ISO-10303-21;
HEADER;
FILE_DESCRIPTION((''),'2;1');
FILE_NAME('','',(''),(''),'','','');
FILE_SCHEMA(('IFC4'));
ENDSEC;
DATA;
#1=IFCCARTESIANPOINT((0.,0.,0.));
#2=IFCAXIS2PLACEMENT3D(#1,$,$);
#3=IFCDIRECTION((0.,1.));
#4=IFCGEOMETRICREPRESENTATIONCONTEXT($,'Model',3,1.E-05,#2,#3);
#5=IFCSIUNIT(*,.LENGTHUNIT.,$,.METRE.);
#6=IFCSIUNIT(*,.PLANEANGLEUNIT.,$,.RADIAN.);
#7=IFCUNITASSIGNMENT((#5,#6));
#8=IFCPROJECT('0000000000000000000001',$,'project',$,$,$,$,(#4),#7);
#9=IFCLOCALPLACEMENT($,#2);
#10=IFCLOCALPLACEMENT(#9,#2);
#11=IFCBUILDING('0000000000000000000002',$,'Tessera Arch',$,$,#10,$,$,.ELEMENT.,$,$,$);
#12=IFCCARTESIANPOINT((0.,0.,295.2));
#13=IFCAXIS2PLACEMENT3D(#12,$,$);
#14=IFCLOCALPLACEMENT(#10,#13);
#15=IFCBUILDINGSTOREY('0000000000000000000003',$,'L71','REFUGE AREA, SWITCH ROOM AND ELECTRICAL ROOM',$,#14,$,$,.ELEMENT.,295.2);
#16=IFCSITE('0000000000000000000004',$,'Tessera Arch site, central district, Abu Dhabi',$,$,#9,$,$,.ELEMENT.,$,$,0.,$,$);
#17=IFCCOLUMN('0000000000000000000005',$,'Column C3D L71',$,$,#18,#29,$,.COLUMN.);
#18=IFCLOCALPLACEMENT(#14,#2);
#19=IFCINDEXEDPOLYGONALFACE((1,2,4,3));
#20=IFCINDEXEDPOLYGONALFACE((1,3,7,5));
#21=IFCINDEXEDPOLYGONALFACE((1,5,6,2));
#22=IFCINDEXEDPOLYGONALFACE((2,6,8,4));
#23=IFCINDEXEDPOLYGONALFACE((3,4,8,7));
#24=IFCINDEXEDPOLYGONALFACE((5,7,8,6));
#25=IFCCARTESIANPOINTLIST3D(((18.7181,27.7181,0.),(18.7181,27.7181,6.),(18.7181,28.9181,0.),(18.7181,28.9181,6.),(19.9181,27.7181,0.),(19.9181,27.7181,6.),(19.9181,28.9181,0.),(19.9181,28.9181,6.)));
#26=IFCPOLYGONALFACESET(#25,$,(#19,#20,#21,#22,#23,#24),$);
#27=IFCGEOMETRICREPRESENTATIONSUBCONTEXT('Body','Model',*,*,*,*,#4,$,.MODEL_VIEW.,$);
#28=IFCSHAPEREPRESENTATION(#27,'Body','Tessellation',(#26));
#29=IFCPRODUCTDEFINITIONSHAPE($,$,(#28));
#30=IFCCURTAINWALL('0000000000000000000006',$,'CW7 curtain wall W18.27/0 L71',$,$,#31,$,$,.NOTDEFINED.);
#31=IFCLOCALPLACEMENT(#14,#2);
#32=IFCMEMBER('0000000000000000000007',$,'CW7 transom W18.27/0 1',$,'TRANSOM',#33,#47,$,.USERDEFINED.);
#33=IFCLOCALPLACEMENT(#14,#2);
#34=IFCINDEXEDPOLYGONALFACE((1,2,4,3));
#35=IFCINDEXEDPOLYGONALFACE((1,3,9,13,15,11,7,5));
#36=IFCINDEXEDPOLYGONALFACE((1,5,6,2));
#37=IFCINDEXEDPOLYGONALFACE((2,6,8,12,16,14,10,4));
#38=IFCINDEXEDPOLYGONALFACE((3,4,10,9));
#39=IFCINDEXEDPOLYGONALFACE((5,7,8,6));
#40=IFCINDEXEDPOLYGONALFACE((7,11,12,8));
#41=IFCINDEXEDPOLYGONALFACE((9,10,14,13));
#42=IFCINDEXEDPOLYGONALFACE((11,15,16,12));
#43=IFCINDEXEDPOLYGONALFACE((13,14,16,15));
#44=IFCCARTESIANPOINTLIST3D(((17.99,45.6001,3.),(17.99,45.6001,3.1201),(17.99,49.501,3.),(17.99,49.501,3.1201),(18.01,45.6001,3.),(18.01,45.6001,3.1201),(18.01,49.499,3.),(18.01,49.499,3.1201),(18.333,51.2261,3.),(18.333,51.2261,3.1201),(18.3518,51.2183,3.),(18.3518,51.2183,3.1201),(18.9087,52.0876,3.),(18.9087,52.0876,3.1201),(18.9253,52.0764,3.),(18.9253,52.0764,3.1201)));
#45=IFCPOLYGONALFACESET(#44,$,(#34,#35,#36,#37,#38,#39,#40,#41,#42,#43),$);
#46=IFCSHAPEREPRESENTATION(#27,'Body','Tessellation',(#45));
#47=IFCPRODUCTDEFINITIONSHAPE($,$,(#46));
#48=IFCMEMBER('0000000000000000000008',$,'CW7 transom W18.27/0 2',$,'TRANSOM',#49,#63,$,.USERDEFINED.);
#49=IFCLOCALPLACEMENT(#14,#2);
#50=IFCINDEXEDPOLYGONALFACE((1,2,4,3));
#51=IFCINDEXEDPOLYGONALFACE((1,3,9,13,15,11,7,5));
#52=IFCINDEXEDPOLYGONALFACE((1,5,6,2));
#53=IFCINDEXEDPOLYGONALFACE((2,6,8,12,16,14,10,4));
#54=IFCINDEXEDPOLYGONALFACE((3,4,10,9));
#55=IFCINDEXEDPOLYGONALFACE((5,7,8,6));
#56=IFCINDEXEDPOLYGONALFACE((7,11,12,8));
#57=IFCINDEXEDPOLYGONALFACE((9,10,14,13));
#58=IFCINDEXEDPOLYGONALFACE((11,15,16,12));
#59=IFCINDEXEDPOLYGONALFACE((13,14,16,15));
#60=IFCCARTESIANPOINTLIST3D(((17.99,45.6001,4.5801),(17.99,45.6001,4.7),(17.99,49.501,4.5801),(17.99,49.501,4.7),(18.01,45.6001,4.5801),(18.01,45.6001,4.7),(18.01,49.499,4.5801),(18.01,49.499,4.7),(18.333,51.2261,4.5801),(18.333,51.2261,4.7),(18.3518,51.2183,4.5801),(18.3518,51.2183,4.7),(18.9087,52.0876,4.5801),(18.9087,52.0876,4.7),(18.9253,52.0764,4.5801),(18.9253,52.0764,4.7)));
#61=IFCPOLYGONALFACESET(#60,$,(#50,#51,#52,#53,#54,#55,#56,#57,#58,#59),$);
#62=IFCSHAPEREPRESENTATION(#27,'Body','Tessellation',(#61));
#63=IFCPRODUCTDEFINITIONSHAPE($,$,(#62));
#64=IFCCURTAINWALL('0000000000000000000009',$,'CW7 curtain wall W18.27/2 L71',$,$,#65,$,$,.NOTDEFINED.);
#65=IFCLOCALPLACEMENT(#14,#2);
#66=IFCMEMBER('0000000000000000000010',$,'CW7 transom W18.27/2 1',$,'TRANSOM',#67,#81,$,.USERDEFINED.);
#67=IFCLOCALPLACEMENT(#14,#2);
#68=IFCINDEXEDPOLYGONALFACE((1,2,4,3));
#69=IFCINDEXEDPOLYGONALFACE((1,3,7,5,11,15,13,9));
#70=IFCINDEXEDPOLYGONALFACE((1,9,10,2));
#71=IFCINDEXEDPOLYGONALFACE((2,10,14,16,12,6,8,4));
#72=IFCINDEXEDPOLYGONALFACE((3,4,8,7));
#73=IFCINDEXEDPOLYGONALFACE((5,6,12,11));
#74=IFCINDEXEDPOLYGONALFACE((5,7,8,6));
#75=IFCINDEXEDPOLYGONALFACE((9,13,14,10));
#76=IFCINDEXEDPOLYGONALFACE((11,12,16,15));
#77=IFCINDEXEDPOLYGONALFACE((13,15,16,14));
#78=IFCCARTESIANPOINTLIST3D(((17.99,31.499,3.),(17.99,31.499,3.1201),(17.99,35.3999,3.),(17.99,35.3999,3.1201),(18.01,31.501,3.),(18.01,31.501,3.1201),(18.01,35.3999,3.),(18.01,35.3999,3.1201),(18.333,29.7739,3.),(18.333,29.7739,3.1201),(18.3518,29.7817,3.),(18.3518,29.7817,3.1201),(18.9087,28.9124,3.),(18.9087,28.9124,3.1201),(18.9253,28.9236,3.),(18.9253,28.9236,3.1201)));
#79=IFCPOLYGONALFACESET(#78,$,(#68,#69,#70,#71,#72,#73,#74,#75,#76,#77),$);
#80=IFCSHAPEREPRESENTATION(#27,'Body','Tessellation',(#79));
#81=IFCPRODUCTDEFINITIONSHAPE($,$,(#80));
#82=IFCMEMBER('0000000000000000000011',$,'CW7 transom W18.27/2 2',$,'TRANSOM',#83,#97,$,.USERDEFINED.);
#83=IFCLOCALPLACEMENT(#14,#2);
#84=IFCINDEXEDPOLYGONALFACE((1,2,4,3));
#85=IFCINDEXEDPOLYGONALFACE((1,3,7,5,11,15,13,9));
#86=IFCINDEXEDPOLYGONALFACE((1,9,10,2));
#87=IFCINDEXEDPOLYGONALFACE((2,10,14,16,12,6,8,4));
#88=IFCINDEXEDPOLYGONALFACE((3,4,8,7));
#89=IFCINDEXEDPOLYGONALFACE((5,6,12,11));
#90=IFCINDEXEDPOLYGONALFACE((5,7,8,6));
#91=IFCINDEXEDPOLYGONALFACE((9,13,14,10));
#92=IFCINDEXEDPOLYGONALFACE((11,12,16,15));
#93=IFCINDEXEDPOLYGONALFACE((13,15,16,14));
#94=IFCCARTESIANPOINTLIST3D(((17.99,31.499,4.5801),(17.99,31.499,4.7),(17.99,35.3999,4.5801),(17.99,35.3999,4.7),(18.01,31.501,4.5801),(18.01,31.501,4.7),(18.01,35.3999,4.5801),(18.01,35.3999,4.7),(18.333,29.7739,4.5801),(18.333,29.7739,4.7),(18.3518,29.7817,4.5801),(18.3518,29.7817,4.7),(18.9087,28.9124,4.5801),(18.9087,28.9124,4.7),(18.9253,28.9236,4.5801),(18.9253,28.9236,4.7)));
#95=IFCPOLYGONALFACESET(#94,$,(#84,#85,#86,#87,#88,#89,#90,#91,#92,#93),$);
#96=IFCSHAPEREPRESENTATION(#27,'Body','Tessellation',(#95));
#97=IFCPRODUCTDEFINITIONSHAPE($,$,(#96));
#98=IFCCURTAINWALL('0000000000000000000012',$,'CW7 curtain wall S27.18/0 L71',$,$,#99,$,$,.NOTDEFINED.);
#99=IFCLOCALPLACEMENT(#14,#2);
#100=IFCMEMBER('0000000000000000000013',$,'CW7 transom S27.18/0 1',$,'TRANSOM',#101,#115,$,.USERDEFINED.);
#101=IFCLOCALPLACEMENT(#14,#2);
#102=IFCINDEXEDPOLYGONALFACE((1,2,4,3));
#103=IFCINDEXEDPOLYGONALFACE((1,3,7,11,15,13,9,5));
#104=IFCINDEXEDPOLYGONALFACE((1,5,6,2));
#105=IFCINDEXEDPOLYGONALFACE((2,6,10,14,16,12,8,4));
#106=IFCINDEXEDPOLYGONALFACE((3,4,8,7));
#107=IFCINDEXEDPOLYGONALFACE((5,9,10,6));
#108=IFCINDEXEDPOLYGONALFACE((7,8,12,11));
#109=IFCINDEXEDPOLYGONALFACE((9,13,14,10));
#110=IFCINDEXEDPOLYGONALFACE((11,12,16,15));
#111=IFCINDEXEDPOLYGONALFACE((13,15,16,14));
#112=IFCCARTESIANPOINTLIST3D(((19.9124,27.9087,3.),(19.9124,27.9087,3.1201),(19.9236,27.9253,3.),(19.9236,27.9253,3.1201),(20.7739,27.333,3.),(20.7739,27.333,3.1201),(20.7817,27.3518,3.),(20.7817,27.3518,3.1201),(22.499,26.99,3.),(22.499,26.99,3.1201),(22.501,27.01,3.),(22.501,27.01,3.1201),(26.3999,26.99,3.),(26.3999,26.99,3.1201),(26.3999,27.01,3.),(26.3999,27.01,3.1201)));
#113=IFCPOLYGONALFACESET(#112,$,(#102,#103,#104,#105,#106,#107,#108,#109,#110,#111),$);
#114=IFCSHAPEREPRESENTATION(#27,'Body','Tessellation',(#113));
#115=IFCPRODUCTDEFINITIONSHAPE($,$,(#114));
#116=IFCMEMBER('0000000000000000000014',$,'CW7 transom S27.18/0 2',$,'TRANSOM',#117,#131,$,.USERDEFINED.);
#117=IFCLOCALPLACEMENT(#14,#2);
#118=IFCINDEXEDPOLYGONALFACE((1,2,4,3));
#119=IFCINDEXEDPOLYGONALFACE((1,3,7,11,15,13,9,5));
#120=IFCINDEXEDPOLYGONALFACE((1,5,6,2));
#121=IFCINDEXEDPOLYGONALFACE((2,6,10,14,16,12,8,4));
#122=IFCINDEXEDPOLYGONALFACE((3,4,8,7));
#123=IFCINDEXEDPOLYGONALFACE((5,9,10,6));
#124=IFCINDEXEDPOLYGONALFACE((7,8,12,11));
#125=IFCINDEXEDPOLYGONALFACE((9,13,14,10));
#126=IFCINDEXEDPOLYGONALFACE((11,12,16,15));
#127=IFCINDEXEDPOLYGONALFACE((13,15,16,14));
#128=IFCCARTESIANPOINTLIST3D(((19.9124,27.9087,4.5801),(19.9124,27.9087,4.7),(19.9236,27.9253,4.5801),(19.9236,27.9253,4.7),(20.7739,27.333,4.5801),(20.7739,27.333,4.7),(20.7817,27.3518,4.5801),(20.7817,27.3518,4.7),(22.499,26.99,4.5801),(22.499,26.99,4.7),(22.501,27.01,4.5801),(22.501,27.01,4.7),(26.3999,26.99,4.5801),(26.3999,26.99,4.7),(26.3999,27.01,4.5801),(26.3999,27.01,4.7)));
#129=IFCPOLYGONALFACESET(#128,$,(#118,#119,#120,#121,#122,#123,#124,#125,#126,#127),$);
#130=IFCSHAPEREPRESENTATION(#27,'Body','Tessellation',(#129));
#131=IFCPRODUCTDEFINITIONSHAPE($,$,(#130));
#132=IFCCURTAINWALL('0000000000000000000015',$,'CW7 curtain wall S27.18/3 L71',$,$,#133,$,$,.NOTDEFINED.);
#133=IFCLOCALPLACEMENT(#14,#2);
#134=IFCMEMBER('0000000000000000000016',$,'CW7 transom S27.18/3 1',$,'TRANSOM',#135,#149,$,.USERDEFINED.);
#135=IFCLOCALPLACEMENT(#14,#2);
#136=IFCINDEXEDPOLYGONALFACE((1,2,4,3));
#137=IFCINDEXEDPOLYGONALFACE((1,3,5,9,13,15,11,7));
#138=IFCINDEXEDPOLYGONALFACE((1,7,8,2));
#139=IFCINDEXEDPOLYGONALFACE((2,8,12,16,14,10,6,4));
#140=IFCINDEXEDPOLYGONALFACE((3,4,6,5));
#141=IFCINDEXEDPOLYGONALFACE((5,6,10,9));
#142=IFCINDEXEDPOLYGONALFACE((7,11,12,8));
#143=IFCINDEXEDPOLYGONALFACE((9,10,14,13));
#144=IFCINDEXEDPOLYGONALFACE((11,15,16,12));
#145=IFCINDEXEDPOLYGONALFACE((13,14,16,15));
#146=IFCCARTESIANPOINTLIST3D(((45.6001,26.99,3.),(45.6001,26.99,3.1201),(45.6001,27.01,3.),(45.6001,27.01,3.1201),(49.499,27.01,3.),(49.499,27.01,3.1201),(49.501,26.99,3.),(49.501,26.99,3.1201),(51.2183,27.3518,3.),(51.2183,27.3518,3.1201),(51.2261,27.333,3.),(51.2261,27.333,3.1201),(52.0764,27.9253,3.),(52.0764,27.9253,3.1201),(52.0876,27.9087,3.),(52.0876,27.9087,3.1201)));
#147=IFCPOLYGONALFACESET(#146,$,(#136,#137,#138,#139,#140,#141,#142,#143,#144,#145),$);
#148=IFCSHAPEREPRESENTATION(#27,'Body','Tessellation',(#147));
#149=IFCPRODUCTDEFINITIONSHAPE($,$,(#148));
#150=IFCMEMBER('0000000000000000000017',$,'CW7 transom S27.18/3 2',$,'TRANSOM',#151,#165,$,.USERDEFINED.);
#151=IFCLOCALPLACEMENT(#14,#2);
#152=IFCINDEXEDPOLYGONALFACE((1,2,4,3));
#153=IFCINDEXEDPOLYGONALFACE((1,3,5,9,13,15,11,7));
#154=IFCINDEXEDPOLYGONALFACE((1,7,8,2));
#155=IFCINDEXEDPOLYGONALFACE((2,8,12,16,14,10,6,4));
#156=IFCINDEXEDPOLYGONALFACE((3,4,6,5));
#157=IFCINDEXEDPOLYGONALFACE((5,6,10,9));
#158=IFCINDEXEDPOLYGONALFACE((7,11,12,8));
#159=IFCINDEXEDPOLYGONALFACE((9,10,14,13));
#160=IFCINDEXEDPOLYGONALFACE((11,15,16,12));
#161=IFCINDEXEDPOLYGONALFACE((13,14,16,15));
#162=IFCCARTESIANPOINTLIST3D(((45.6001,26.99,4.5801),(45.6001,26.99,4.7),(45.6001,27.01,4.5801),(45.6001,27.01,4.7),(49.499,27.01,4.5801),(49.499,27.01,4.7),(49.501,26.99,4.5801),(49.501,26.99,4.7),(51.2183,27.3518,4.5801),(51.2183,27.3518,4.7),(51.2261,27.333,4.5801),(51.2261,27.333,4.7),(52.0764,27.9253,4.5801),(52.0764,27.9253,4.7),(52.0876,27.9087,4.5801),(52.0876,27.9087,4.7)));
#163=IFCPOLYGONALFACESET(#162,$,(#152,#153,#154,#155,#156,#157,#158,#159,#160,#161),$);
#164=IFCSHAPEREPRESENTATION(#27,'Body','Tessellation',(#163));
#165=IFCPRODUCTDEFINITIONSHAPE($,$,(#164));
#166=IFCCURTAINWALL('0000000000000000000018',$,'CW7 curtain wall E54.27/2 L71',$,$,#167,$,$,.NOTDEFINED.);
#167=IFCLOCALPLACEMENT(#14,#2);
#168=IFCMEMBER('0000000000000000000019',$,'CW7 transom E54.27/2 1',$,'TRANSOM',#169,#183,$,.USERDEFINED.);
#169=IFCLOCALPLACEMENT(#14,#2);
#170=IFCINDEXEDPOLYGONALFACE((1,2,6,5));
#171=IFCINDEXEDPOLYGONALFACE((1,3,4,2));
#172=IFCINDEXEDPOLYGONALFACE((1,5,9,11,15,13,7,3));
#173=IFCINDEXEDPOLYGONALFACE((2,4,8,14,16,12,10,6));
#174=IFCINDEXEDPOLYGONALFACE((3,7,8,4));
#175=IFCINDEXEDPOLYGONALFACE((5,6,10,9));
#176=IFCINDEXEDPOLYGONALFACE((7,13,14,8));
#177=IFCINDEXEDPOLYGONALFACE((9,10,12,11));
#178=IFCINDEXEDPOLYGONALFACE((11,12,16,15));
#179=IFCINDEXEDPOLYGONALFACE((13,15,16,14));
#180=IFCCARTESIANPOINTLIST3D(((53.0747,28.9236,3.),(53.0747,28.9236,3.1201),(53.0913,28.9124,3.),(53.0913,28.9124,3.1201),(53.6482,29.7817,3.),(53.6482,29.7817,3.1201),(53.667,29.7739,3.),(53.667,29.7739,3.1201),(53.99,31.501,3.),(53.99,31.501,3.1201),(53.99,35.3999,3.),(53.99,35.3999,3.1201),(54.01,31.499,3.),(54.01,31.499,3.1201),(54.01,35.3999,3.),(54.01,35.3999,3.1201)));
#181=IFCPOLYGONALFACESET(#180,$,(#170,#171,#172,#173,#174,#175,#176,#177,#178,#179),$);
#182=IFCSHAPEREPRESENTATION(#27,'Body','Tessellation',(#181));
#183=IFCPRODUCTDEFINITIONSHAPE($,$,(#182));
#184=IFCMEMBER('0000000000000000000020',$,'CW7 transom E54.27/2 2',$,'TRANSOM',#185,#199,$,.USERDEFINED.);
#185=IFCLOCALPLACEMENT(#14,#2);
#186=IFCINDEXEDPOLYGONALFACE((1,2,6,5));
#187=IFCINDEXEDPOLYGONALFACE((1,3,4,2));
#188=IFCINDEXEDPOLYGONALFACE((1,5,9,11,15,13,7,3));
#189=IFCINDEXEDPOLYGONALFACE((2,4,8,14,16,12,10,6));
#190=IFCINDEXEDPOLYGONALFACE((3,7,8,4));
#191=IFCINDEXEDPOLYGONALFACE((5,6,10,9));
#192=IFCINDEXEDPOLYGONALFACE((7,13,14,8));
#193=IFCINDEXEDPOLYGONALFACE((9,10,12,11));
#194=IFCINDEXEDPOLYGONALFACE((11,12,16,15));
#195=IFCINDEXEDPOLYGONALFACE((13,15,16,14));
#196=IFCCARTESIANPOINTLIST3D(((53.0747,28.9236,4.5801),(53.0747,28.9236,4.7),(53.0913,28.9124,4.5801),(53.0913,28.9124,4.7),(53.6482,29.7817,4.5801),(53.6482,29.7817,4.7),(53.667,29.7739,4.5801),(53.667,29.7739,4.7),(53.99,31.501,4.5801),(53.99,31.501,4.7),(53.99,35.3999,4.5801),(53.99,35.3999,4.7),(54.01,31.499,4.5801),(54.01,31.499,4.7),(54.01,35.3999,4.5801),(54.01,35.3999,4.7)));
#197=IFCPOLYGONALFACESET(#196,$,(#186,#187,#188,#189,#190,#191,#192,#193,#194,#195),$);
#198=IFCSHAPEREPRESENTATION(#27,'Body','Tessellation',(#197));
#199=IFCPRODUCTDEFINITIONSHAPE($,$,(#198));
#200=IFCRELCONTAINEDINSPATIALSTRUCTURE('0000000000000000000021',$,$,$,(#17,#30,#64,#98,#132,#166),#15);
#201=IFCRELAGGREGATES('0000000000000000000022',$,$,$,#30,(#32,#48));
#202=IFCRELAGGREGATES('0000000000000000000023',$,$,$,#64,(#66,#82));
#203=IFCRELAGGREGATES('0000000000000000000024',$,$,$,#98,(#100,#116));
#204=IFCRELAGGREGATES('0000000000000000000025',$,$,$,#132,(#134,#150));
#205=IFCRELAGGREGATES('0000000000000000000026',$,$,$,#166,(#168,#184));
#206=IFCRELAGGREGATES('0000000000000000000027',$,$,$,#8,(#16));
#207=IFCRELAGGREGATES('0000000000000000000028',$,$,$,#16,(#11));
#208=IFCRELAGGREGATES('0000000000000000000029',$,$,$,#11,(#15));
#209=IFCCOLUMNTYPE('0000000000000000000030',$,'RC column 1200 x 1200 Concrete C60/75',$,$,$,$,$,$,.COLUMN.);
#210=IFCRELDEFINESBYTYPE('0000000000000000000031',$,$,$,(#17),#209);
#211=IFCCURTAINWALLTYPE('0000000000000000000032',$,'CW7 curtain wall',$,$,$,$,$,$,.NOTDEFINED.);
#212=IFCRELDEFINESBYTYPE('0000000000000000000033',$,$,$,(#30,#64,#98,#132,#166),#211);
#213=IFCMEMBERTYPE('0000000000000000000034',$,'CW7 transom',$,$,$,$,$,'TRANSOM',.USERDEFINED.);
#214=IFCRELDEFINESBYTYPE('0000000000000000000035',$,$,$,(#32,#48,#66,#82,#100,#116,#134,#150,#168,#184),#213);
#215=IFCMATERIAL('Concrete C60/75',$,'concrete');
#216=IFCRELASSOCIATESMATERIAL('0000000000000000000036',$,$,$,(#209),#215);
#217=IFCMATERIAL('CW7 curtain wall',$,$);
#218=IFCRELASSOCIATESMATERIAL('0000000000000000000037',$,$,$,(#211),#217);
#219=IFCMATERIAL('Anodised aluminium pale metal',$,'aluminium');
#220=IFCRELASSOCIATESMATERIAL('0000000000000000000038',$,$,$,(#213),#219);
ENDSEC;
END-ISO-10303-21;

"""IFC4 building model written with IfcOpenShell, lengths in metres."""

from ifc_helpers import new_model, si_unit, direction, frame, origin, origin_2d, place, context, subcontext, project, spatial, polyline, rectangle, outline, extrude, material, material_profile, profile_set, type_object, element, aggregate, save


model = new_model("IFC4")

# Units and contexts
model_context = context("Model", 3, precision=1e-05, world=origin(), true_north=direction((0.0, 1.0)))
body_context = subcontext(model_context, "Body", "Model", "MODEL_VIEW")
ifc_project = project(units=[si_unit("LENGTHUNIT", "METRE"), si_unit("PLANEANGLEUNIT", "RADIAN")], contexts=[model_context])

# Site, building, storey
site_placement = place(None, origin())
site = spatial("IfcSite", under=ifc_project, at=site_placement, Name="Tessera Arch site, central district, Abu Dhabi", CompositionType="ELEMENT", RefElevation=0.0)
building_placement = place(site_placement, origin())
building = spatial("IfcBuilding", under=site, at=building_placement, Name="Tessera Arch", CompositionType="ELEMENT")
storey_placement = place(building_placement, frame((0.0, 0.0, 295.2)))
storey = spatial("IfcBuildingStorey", under=building, at=storey_placement, Name="L71", Description="REFUGE AREA, SWITCH ROOM AND ELECTRICAL ROOM", CompositionType="ELEMENT", Elevation=295.2)

# Column
ifc_material_1 = material(Name="Concrete C60/75", Category="concrete")
ifc_material_profile_1 = material_profile(ifc_material_1, rectangle(XDim=1.2, YDim=1.2, at=origin_2d()), Name="RC column 1200 x 1200 Concrete C60/75")
ifc_profile_set_1 = profile_set([ifc_material_profile_1], Name="Concrete C60/75")
column_type = type_object("IfcColumnType", Name="RC column 1200 x 1200 Concrete C60/75", PredefinedType="COLUMN", material=ifc_profile_set_1)
column_placement = place(storey_placement, frame((19.3181, 28.3181, 0.0), z_axis=(0.0, 0.0, 1.0), x_axis=(1.0, 0.0, 0.0)))
element("IfcColumn", 1, at=column_placement, inside=storey, type_object=column_type, Name="Column C3D L71", PredefinedType="COLUMN", context=body_context, shape_type="SweptSolid", body=[
    extrude(rectangle(XDim=1.2, YDim=1.2, at=origin_2d()), origin(), (0.0, 0.0, 1.0), 6.0),
])

# Curtain walls, members
ifc_material_2 = material(Name="CW7 curtain wall")
curtain_wall_type = type_object("IfcCurtainWallType", Name="CW7 curtain wall", PredefinedType="NOTDEFINED", material=ifc_material_2)
curtain_wall_1_placement = place(storey_placement, origin())
curtain_wall_1 = element("IfcCurtainWall", 2, at=curtain_wall_1_placement, inside=storey, type_object=curtain_wall_type, Name="CW7 curtain wall W18.27/0 L71", PredefinedType="NOTDEFINED")
ifc_material_3 = material(Name="Anodised aluminium pale metal", Category="aluminium")
ifc_material_profile_2 = material_profile(ifc_material_3, rectangle(XDim=0.1599, YDim=0.1201, at=origin_2d()), Name="AL 160x120")
ifc_profile_set_2 = profile_set([ifc_material_profile_2], Name="Anodised aluminium pale metal")
member_type_1 = type_object("IfcMemberType", Name="CW7 transom", ElementType="TRANSOM", PredefinedType="USERDEFINED", material=ifc_profile_set_2)
member_1_placement = place(storey_placement, frame((0.0, 0.0, 3.0)))
member_1 = element("IfcMember", 3, at=member_1_placement, type_object=member_type_1, Name="CW7 transom W18.27/0 1", ObjectType="TRANSOM", PredefinedType="USERDEFINED", context=body_context, shape_type="SweptSolid", body=[
    extrude(outline(polyline([(18.3518, 51.2183), (18.9253, 52.0764), (18.9087, 52.0876), (18.333, 51.2261), (17.99, 49.501), (17.99, 45.6001), (18.01, 45.6001), (18.01, 49.499), (18.3518, 51.2183)])), origin(), (0.0, 0.0, 1.0), 0.1201),
])
member_2_placement = place(storey_placement, frame((0.0, 0.0, 4.5801)))
member_2 = element("IfcMember", 4, at=member_2_placement, type_object=member_type_1, Name="CW7 transom W18.27/0 2", ObjectType="TRANSOM", PredefinedType="USERDEFINED", context=body_context, shape_type="SweptSolid", body=[
    extrude(outline(polyline([(18.3518, 51.2183), (18.9253, 52.0764), (18.9087, 52.0876), (18.333, 51.2261), (17.99, 49.501), (17.99, 45.6001), (18.01, 45.6001), (18.01, 49.499), (18.3518, 51.2183)])), origin(), (0.0, 0.0, 1.0), 0.1199),
])
curtain_wall_2_placement = place(storey_placement, origin())
curtain_wall_2 = element("IfcCurtainWall", 5, at=curtain_wall_2_placement, inside=storey, type_object=curtain_wall_type, Name="CW7 curtain wall W18.27/2 L71", PredefinedType="NOTDEFINED")
member_3_placement = place(storey_placement, frame((0.0, 0.0, 3.0)))
member_3 = element("IfcMember", 6, at=member_3_placement, type_object=member_type_1, Name="CW7 transom W18.27/2 1", ObjectType="TRANSOM", PredefinedType="USERDEFINED", context=body_context, shape_type="SweptSolid", body=[
    extrude(outline(polyline([(18.01, 31.501), (18.01, 35.3999), (17.99, 35.3999), (17.99, 31.499), (18.333, 29.7739), (18.9087, 28.9124), (18.9253, 28.9236), (18.3518, 29.7817), (18.01, 31.501)])), origin(), (0.0, 0.0, 1.0), 0.1201),
])
member_4_placement = place(storey_placement, frame((0.0, 0.0, 4.5801)))
member_4 = element("IfcMember", 7, at=member_4_placement, type_object=member_type_1, Name="CW7 transom W18.27/2 2", ObjectType="TRANSOM", PredefinedType="USERDEFINED", context=body_context, shape_type="SweptSolid", body=[
    extrude(outline(polyline([(18.01, 31.501), (18.01, 35.3999), (17.99, 35.3999), (17.99, 31.499), (18.333, 29.7739), (18.9087, 28.9124), (18.9253, 28.9236), (18.3518, 29.7817), (18.01, 31.501)])), origin(), (0.0, 0.0, 1.0), 0.1199),
])
curtain_wall_3_placement = place(storey_placement, origin())
curtain_wall_3 = element("IfcCurtainWall", 8, at=curtain_wall_3_placement, inside=storey, type_object=curtain_wall_type, Name="CW7 curtain wall S27.18/0 L71", PredefinedType="NOTDEFINED")
member_5_placement = place(storey_placement, frame((0.0, 0.0, 3.0)))
member_5 = element("IfcMember", 9, at=member_5_placement, type_object=member_type_1, Name="CW7 transom S27.18/0 1", ObjectType="TRANSOM", PredefinedType="USERDEFINED", context=body_context, shape_type="SweptSolid", body=[
    extrude(outline(polyline([(20.7817, 27.3518), (19.9236, 27.9253), (19.9124, 27.9087), (20.7739, 27.333), (22.499, 26.99), (26.3999, 26.99), (26.3999, 27.01), (22.501, 27.01), (20.7817, 27.3518)])), origin(), (0.0, 0.0, 1.0), 0.1201),
])
member_6_placement = place(storey_placement, frame((0.0, 0.0, 4.5801)))
member_6 = element("IfcMember", 10, at=member_6_placement, type_object=member_type_1, Name="CW7 transom S27.18/0 2", ObjectType="TRANSOM", PredefinedType="USERDEFINED", context=body_context, shape_type="SweptSolid", body=[
    extrude(outline(polyline([(20.7817, 27.3518), (19.9236, 27.9253), (19.9124, 27.9087), (20.7739, 27.333), (22.499, 26.99), (26.3999, 26.99), (26.3999, 27.01), (22.501, 27.01), (20.7817, 27.3518)])), origin(), (0.0, 0.0, 1.0), 0.1199),
])
curtain_wall_4_placement = place(storey_placement, origin())
curtain_wall_4 = element("IfcCurtainWall", 11, at=curtain_wall_4_placement, inside=storey, type_object=curtain_wall_type, Name="CW7 curtain wall S27.18/3 L71", PredefinedType="NOTDEFINED")
member_7_placement = place(storey_placement, frame((0.0, 0.0, 3.0)))
member_7 = element("IfcMember", 12, at=member_7_placement, type_object=member_type_1, Name="CW7 transom S27.18/3 1", ObjectType="TRANSOM", PredefinedType="USERDEFINED", context=body_context, shape_type="SweptSolid", body=[
    extrude(outline(polyline([(49.499, 27.01), (45.6001, 27.01), (45.6001, 26.99), (49.501, 26.99), (51.2261, 27.333), (52.0876, 27.9087), (52.0764, 27.9253), (51.2183, 27.3518), (49.499, 27.01)])), origin(), (0.0, 0.0, 1.0), 0.1201),
])
member_8_placement = place(storey_placement, frame((0.0, 0.0, 4.5801)))
member_8 = element("IfcMember", 13, at=member_8_placement, type_object=member_type_1, Name="CW7 transom S27.18/3 2", ObjectType="TRANSOM", PredefinedType="USERDEFINED", context=body_context, shape_type="SweptSolid", body=[
    extrude(outline(polyline([(49.499, 27.01), (45.6001, 27.01), (45.6001, 26.99), (49.501, 26.99), (51.2261, 27.333), (52.0876, 27.9087), (52.0764, 27.9253), (51.2183, 27.3518), (49.499, 27.01)])), origin(), (0.0, 0.0, 1.0), 0.1199),
])
curtain_wall_5_placement = place(storey_placement, origin())
curtain_wall_5 = element("IfcCurtainWall", 14, at=curtain_wall_5_placement, inside=storey, type_object=curtain_wall_type, Name="CW7 curtain wall E54.27/2 L71", PredefinedType="NOTDEFINED")
member_9_placement = place(storey_placement, frame((0.0, 0.0, 3.0)))
member_9 = element("IfcMember", 15, at=member_9_placement, type_object=member_type_1, Name="CW7 transom E54.27/2 1", ObjectType="TRANSOM", PredefinedType="USERDEFINED", context=body_context, shape_type="SweptSolid", body=[
    extrude(outline(polyline([(53.6482, 29.7817), (53.0747, 28.9236), (53.0913, 28.9124), (53.667, 29.7739), (54.01, 31.499), (54.01, 35.3999), (53.99, 35.3999), (53.99, 31.501), (53.6482, 29.7817)])), origin(), (0.0, 0.0, 1.0), 0.1201),
])
member_10_placement = place(storey_placement, frame((0.0, 0.0, 4.5801)))
member_10 = element("IfcMember", 16, at=member_10_placement, type_object=member_type_1, Name="CW7 transom E54.27/2 2", ObjectType="TRANSOM", PredefinedType="USERDEFINED", context=body_context, shape_type="SweptSolid", body=[
    extrude(outline(polyline([(53.6482, 29.7817), (53.0747, 28.9236), (53.0913, 28.9124), (53.667, 29.7739), (54.01, 31.499), (54.01, 35.3999), (53.99, 35.3999), (53.99, 31.501), (53.6482, 29.7817)])), origin(), (0.0, 0.0, 1.0), 0.1199),
])

aggregate(curtain_wall_1, [member_1, member_2])
aggregate(curtain_wall_2, [member_3, member_4])
aggregate(curtain_wall_3, [member_5, member_6])
aggregate(curtain_wall_4, [member_7, member_8])
aggregate(curtain_wall_5, [member_9, member_10])

save(model, "model.ifc")
